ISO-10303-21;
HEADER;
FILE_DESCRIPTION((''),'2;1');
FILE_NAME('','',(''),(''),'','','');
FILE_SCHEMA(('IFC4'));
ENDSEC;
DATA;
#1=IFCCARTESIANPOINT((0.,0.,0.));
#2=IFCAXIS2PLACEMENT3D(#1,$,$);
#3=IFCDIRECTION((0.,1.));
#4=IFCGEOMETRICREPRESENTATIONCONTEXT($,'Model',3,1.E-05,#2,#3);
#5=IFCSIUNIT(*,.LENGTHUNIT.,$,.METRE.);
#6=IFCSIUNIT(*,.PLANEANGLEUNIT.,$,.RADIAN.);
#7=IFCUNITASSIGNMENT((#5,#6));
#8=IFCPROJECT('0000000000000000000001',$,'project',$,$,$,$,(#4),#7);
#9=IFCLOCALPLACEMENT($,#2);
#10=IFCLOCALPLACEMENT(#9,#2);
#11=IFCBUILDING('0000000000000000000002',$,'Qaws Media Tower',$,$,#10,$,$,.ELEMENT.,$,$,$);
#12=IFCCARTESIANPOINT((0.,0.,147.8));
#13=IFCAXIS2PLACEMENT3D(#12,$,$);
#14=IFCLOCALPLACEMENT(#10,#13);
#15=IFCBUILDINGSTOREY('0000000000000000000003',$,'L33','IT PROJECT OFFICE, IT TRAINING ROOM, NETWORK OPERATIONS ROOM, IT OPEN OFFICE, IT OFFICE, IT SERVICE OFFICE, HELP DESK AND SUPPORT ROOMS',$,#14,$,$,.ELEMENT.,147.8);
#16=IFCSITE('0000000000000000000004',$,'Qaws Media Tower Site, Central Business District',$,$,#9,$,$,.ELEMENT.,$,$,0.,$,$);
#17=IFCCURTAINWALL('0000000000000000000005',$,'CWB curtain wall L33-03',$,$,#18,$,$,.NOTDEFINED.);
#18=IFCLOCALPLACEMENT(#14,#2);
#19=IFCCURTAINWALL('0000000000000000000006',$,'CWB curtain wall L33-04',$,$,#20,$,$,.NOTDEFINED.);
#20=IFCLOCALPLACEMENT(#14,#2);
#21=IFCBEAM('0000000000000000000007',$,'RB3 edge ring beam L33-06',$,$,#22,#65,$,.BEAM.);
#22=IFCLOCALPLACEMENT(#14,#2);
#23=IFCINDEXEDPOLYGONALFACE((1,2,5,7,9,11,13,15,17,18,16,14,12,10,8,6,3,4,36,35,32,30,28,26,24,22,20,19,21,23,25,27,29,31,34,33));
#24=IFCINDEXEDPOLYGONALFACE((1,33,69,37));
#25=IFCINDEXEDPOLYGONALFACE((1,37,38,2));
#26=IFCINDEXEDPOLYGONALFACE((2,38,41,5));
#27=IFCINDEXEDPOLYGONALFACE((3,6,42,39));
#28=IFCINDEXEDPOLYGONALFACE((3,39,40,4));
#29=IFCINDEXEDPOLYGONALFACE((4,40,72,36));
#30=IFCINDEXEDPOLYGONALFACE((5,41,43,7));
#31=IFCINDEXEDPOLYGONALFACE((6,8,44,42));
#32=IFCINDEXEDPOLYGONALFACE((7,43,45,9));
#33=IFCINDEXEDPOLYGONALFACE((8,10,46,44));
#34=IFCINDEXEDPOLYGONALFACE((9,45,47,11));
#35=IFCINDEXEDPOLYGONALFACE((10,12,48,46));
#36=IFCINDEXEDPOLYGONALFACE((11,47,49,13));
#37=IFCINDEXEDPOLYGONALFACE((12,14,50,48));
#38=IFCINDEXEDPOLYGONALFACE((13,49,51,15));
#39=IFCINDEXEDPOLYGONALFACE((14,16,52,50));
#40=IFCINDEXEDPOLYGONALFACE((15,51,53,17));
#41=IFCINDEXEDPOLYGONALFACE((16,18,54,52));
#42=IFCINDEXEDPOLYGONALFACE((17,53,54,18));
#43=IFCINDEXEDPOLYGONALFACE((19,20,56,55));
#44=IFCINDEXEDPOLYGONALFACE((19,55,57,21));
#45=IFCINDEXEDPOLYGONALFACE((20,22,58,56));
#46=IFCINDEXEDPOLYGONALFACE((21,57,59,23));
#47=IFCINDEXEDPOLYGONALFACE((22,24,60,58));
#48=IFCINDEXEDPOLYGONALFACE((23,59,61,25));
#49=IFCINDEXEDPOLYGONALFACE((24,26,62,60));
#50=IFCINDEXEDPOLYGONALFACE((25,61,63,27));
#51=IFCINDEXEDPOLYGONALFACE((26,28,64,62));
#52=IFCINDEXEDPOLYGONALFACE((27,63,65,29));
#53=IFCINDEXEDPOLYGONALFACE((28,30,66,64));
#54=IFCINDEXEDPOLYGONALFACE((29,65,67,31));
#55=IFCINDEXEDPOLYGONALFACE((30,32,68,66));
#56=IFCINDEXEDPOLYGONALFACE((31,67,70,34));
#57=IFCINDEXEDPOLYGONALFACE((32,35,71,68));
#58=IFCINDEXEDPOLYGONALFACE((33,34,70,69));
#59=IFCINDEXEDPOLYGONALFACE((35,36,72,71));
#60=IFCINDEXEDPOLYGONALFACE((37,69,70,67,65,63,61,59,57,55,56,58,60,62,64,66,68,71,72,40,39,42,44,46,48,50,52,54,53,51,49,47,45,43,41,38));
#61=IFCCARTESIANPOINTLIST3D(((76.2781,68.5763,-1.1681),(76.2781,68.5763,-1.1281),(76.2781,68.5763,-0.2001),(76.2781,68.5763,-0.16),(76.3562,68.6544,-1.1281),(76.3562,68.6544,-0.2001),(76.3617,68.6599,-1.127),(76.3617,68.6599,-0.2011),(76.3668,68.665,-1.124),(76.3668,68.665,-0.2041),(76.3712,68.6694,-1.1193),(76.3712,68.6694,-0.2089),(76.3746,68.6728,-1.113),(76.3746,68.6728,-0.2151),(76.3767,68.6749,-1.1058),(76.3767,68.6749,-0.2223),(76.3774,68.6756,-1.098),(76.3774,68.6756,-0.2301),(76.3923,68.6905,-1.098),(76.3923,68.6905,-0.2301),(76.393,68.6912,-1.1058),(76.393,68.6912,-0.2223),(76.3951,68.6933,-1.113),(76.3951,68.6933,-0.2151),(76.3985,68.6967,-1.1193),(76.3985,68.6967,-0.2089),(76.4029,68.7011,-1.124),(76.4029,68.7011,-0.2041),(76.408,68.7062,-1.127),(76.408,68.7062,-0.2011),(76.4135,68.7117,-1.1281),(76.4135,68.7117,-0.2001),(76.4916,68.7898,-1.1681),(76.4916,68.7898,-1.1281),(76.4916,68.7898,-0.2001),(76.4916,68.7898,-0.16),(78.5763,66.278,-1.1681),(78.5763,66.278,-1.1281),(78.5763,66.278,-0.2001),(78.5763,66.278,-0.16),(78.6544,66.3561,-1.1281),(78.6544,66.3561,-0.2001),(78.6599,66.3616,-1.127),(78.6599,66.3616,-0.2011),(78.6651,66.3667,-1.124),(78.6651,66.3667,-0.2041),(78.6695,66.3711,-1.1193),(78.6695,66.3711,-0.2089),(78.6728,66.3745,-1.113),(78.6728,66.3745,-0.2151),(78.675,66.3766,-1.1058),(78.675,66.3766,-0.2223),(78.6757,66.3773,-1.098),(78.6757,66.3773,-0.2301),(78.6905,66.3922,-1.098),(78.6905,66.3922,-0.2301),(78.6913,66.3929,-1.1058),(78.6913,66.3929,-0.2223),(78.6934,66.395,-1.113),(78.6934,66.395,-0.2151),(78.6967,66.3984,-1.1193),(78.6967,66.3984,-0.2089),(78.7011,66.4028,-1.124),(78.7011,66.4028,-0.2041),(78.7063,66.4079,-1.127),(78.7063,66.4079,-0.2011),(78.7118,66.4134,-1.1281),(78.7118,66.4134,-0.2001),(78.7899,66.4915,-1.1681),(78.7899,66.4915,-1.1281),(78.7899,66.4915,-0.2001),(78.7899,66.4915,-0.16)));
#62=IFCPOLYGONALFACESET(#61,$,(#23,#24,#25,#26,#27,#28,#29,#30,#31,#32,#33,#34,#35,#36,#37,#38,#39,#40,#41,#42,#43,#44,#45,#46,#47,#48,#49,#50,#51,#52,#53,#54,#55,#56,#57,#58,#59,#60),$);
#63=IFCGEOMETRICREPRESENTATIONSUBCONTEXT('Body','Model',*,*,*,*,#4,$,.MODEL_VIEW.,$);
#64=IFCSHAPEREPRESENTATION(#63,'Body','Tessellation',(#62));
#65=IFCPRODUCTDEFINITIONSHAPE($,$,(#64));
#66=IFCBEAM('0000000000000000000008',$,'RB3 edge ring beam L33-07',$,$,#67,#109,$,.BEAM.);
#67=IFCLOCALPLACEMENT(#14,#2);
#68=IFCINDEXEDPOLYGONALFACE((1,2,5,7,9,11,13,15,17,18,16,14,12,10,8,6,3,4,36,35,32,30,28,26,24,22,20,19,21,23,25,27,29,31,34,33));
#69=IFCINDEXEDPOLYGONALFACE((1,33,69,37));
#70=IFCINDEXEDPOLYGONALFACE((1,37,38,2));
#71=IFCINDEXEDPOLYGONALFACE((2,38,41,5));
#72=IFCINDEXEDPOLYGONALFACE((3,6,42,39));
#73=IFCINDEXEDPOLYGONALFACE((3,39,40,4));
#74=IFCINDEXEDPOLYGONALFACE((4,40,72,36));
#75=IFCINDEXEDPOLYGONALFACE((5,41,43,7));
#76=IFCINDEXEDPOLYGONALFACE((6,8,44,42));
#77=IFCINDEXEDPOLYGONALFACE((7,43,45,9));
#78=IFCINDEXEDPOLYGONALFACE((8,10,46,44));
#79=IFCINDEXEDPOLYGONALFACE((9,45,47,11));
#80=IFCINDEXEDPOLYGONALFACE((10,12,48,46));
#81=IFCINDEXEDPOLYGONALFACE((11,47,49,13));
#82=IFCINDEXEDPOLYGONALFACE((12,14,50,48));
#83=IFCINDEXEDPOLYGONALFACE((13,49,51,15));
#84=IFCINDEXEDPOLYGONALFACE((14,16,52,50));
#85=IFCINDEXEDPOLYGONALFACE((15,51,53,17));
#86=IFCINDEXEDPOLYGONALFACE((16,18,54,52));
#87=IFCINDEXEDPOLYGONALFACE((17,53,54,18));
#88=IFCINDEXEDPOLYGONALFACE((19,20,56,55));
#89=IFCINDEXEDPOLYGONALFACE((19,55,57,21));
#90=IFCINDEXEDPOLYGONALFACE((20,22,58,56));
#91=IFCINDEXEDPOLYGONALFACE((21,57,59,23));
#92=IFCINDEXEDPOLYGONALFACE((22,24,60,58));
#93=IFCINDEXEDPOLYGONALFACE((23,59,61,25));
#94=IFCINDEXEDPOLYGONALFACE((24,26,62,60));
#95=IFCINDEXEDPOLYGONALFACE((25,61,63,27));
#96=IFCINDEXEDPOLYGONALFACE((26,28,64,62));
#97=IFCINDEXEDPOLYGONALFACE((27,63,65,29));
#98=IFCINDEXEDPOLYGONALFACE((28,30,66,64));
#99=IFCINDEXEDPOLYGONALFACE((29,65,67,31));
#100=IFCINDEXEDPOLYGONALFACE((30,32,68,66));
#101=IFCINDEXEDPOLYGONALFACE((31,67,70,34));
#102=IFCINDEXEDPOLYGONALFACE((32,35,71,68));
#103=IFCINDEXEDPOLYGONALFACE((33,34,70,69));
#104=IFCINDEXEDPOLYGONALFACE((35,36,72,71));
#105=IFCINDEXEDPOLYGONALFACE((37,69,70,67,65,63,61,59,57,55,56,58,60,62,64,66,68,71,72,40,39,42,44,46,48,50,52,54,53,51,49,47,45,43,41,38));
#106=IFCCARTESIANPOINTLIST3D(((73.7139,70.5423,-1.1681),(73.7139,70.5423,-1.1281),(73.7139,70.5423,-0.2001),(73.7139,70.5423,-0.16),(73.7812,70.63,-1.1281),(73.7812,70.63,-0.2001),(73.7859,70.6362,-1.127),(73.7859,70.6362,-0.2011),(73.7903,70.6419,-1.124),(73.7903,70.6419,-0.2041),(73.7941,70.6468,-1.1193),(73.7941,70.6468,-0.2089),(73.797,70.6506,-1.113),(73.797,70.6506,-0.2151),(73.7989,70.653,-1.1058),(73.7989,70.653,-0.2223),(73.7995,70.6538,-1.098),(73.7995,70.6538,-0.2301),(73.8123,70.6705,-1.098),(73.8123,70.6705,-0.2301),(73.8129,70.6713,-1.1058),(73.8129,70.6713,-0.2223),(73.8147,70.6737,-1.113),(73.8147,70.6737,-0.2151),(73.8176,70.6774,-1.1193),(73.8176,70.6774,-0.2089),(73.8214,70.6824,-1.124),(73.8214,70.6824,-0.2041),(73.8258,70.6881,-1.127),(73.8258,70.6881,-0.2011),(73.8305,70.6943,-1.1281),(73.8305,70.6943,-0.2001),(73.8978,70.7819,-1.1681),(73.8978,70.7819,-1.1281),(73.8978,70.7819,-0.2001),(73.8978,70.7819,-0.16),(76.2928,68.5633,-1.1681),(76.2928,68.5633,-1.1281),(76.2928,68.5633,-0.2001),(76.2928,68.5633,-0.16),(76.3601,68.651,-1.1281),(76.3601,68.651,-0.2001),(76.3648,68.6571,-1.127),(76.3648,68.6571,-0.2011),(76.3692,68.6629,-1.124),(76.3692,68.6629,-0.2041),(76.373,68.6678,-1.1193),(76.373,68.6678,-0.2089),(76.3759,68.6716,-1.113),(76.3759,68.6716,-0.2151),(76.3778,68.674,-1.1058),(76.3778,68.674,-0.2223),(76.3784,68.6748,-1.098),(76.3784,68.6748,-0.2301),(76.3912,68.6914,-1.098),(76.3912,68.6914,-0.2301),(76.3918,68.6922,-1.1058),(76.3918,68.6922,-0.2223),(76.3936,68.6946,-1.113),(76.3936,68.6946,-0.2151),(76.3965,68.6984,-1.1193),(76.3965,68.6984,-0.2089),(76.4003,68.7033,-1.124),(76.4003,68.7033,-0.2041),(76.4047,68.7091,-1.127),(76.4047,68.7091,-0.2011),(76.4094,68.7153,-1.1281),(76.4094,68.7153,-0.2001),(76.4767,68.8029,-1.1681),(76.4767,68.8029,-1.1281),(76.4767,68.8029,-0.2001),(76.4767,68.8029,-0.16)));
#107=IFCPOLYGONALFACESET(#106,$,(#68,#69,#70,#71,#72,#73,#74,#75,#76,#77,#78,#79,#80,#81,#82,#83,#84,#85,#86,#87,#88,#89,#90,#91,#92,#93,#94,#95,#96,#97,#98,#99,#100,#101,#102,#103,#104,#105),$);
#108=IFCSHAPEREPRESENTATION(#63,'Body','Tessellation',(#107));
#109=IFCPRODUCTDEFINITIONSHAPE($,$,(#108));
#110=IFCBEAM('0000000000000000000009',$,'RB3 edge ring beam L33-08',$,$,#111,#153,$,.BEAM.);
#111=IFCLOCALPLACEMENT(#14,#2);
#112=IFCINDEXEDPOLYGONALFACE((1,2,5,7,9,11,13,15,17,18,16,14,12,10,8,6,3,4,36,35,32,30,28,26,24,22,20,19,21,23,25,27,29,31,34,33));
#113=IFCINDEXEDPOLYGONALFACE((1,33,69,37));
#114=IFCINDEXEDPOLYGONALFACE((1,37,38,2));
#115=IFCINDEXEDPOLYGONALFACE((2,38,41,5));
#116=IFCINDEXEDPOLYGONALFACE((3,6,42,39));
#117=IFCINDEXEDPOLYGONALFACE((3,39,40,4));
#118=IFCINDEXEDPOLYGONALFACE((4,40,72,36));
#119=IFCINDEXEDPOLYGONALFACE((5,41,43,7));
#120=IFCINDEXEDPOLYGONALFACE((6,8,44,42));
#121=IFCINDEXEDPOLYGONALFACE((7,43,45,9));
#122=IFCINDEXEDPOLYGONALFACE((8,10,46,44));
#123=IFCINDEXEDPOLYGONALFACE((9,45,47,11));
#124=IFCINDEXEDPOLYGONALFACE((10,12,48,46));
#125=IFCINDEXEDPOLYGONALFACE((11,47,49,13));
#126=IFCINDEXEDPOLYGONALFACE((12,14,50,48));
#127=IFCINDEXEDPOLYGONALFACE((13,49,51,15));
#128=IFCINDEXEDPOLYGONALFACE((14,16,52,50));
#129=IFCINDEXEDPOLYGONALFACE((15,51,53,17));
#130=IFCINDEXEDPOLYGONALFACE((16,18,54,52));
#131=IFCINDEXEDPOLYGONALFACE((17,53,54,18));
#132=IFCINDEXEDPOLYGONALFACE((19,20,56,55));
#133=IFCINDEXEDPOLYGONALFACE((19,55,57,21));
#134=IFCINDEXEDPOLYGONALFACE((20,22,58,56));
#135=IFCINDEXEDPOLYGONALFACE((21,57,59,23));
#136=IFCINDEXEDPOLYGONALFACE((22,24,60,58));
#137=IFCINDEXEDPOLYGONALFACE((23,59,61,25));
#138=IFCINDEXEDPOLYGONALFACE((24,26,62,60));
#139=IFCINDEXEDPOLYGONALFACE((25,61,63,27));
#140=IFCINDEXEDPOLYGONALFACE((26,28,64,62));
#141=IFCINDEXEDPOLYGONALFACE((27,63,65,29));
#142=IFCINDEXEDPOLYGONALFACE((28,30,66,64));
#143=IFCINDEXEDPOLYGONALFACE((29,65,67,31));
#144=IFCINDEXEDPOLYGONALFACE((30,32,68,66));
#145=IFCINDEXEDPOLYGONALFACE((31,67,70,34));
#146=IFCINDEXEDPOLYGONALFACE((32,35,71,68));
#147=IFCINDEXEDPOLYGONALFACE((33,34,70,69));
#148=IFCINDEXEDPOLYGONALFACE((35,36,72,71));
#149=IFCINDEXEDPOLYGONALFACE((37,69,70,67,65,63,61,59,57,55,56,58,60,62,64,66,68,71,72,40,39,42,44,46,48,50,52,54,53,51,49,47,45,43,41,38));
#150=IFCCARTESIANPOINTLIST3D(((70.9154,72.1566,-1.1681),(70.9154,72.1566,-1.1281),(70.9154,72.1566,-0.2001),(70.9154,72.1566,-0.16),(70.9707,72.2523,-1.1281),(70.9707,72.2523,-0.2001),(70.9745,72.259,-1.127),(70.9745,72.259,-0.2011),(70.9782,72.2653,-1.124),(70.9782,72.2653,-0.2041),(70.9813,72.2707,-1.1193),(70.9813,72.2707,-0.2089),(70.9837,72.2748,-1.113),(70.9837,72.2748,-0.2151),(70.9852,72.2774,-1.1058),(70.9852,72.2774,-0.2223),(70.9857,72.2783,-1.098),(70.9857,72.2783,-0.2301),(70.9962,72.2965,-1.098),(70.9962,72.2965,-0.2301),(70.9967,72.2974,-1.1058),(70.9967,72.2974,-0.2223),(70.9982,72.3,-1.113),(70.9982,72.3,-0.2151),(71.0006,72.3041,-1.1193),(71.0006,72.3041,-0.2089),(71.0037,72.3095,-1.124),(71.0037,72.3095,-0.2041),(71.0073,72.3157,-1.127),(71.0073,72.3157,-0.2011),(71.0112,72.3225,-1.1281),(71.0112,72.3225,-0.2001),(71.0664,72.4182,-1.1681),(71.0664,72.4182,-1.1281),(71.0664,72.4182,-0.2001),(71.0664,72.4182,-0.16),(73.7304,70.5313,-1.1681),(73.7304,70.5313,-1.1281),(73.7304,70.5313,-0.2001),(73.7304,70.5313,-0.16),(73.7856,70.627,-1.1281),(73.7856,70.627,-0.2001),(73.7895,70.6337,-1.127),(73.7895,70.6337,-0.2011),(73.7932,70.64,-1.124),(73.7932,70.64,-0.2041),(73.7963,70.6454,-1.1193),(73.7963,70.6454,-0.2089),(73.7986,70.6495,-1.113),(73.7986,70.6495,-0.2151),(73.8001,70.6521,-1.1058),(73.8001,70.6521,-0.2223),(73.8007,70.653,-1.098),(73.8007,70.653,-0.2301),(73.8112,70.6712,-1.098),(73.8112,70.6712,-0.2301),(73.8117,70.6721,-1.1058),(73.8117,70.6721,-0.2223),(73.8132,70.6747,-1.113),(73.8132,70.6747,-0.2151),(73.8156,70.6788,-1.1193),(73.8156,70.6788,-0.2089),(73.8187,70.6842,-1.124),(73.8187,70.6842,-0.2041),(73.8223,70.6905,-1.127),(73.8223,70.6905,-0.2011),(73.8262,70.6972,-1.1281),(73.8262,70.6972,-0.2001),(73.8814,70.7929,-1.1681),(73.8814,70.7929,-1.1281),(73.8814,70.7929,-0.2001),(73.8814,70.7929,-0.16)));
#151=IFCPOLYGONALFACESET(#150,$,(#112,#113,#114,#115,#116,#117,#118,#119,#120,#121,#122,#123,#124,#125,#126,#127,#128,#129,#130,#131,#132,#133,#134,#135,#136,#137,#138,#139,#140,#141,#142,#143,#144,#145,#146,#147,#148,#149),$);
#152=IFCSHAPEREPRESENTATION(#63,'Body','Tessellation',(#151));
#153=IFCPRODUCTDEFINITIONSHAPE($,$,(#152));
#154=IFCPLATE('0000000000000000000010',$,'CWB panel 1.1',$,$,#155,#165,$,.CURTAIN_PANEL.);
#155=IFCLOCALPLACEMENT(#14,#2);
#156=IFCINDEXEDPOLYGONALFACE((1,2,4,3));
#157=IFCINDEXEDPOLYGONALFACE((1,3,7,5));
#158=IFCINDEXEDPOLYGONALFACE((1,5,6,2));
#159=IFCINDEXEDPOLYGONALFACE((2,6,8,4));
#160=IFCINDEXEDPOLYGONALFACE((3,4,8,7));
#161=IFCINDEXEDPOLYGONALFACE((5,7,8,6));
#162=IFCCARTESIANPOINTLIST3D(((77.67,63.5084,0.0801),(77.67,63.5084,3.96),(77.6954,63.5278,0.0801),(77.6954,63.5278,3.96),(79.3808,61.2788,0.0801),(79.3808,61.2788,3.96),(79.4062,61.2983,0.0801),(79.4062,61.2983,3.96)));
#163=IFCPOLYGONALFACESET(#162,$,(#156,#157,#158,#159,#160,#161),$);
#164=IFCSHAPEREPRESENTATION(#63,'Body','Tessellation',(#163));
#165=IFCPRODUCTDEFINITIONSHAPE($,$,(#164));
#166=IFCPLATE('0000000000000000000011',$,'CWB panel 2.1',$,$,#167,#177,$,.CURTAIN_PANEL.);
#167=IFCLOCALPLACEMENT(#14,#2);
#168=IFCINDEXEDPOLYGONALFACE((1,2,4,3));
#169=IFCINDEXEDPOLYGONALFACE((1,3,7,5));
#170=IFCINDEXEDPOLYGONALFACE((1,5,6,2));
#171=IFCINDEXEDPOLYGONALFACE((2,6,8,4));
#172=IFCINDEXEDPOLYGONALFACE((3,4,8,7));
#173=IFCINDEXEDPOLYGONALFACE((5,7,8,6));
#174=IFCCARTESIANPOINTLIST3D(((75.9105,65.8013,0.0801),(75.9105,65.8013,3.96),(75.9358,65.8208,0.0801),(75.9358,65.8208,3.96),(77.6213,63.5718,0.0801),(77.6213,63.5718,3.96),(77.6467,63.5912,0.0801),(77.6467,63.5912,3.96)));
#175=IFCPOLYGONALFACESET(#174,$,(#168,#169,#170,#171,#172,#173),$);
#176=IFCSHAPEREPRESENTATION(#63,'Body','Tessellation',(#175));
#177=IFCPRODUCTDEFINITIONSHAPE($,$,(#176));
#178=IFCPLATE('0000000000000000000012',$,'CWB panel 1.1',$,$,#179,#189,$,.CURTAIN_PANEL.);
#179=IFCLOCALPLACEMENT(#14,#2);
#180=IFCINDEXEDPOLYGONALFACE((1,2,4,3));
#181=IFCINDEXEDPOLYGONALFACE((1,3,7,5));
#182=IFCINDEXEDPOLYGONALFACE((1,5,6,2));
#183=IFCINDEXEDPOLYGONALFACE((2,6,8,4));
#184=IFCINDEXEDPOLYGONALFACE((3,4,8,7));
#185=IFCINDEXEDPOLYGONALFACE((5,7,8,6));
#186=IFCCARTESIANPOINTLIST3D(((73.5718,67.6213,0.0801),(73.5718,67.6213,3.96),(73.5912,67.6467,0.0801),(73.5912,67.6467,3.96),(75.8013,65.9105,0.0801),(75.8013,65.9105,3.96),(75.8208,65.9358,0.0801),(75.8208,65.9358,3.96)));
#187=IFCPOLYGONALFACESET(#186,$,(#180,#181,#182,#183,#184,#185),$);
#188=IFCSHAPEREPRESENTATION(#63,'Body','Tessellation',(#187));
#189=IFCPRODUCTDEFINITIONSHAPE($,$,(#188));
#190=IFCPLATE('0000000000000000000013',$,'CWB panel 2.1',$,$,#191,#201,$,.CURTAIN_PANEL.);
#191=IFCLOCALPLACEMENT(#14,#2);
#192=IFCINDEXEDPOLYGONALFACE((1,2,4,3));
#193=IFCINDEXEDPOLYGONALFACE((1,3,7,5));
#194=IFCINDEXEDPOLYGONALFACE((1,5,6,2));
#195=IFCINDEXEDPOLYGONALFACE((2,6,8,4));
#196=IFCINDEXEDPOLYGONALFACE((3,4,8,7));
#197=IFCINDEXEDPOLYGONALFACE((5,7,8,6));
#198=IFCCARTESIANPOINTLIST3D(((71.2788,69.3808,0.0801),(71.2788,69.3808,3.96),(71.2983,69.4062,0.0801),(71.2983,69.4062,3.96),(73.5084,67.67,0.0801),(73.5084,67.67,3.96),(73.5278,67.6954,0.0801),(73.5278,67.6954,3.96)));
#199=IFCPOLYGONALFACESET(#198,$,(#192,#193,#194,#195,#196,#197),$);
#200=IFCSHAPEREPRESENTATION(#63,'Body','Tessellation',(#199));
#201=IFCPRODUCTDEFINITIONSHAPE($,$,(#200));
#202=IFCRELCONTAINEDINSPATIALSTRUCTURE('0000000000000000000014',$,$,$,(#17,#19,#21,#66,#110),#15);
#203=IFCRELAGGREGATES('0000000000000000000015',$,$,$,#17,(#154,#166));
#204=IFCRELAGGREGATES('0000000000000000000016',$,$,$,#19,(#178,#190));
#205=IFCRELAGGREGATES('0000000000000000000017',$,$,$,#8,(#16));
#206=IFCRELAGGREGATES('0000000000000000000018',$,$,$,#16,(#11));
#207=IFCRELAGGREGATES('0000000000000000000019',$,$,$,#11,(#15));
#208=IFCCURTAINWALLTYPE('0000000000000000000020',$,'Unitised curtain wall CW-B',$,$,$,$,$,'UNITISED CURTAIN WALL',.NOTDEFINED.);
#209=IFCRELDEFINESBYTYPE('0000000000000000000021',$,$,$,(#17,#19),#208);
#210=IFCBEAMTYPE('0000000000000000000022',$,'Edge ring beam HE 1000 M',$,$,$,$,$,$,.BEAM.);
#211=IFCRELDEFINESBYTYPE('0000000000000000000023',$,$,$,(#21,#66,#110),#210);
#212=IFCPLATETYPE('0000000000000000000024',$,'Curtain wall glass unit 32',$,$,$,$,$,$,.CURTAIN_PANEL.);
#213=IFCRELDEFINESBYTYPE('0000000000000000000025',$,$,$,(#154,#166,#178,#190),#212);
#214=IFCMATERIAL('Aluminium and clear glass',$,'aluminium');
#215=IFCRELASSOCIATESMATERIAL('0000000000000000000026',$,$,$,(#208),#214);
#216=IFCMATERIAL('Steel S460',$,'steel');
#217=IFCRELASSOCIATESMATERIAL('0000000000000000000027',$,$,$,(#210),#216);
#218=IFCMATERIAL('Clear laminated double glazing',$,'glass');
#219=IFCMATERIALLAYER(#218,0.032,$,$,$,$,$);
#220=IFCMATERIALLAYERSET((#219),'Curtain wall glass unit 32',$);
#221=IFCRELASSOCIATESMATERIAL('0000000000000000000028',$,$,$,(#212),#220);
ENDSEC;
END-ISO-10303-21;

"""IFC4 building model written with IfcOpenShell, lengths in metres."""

from ifc_helpers import new_model, si_unit, direction, frame, origin, origin_2d, place, context, subcontext, project, spatial, rectangle, i_section, extrude, material, layer, layer_set, material_profile, profile_set, type_object, element, aggregate, save


model = new_model("IFC4")

# Units and contexts
model_context = context("Model", 3, precision=1e-05, world=origin(), true_north=direction((0.0, 1.0)))
body_context = subcontext(model_context, "Body", "Model", "MODEL_VIEW")
ifc_project = project(units=[si_unit("LENGTHUNIT", "METRE"), si_unit("PLANEANGLEUNIT", "RADIAN")], contexts=[model_context])

# Site, building, storey
site_placement = place(None, origin())
site = spatial("IfcSite", under=ifc_project, at=site_placement, Name="Qaws Media Tower Site, Central Business District", CompositionType="ELEMENT", RefElevation=0.0)
building_placement = place(site_placement, origin())
building = spatial("IfcBuilding", under=site, at=building_placement, Name="Qaws Media Tower", CompositionType="ELEMENT")
storey_placement = place(building_placement, frame((0.0, 0.0, 147.8)))
storey = spatial("IfcBuildingStorey", under=building, at=storey_placement, Name="L33", Description="IT PROJECT OFFICE, IT TRAINING ROOM, NETWORK OPERATIONS ROOM, IT OPEN OFFICE, IT OFFICE, IT SERVICE OFFICE, HELP DESK AND SUPPORT ROOMS", CompositionType="ELEMENT", Elevation=147.8)

# Shared definitions
ifc_material_1 = material(Name="Aluminium and clear glass", Category="aluminium")
curtain_wall_type = type_object("IfcCurtainWallType", Name="Unitised curtain wall CW-B", ElementType="UNITISED CURTAIN WALL", PredefinedType="NOTDEFINED", material=ifc_material_1)

# Curtain walls
curtain_wall_1_placement = place(storey_placement, origin())
curtain_wall_1 = element("IfcCurtainWall", 1, at=curtain_wall_1_placement, inside=storey, type_object=curtain_wall_type, Name="CWB curtain wall L33-03", PredefinedType="NOTDEFINED")
curtain_wall_2_placement = place(storey_placement, origin())
curtain_wall_2 = element("IfcCurtainWall", 2, at=curtain_wall_2_placement, inside=storey, type_object=curtain_wall_type, Name="CWB curtain wall L33-04", PredefinedType="NOTDEFINED")

# Beams
ifc_material_2 = material(Name="Steel S460", Category="steel")
ifc_material_profile_1 = material_profile(ifc_material_2, i_section(OverallWidth=0.302, OverallDepth=1.0081, WebThickness=0.021, FlangeThickness=0.04, FilletRadius=0.03, at=origin_2d()), Name="HE 1000 M")
ifc_profile_set_1 = profile_set([ifc_material_profile_1], Name="Steel S460")
beam_type = type_object("IfcBeamType", Name="Edge ring beam HE 1000 M", PredefinedType="BEAM", material=ifc_profile_set_1)
beam_1_placement = place(storey_placement, frame((78.6831, 66.3848, -0.6641), z_axis=(-0.707107, 0.707107, 0.0), x_axis=(-0.707107, -0.707107, 0.0)))
element("IfcBeam", 3, at=beam_1_placement, inside=storey, type_object=beam_type, Name="RB3 edge ring beam L33-06", PredefinedType="BEAM", context=body_context, shape_type="SweptSolid", body=[
    extrude(i_section(OverallWidth=0.302, OverallDepth=1.0081, WebThickness=0.021, FlangeThickness=0.04, FilletRadius=0.03, at=origin_2d()), origin(), (0.0, 0.0, 1.0), 3.2502),
])
beam_2_placement = place(storey_placement, frame((76.3848, 68.6831, -0.6641), z_axis=(-0.793327, 0.608796, 0.0), x_axis=(-0.608796, -0.793327, 0.0)))
element("IfcBeam", 4, at=beam_2_placement, inside=storey, type_object=beam_type, Name="RB3 edge ring beam L33-07", PredefinedType="BEAM", context=body_context, shape_type="SweptSolid", body=[
    extrude(i_section(OverallWidth=0.302, OverallDepth=1.0081, WebThickness=0.021, FlangeThickness=0.04, FilletRadius=0.03, at=origin_2d()), origin(), (0.0, 0.0, 1.0), 3.2507),
])
beam_3_placement = place(storey_placement, frame((73.8059, 70.6621, -0.6641), z_axis=(-0.86602, 0.500009, 0.0), x_axis=(-0.500009, -0.86602, 0.0)))
element("IfcBeam", 5, at=beam_3_placement, inside=storey, type_object=beam_type, Name="RB3 edge ring beam L33-08", PredefinedType="BEAM", context=body_context, shape_type="SweptSolid", body=[
    extrude(i_section(OverallWidth=0.302, OverallDepth=1.0081, WebThickness=0.021, FlangeThickness=0.04, FilletRadius=0.03, at=origin_2d()), origin(), (0.0, 0.0, 1.0), 3.2505),
])

# Plates
ifc_material_3 = material(Name="Clear laminated double glazing", Category="glass")
ifc_layer_1 = layer(ifc_material_3, 0.032)
ifc_layer_set_1 = layer_set([ifc_layer_1], Name="Curtain wall glass unit 32")
plate_type_1 = type_object("IfcPlateType", Name="Curtain wall glass unit 32", PredefinedType="CURTAIN_PANEL", material=ifc_layer_set_1)
plate_1_placement = place(storey_placement, frame((78.5381, 62.4033, 0.0801), z_axis=(0.0, 0.0, 1.0), x_axis=(-0.608761, 0.793353, 0.0)))
plate_1 = element("IfcPlate", 6, at=plate_1_placement, type_object=plate_type_1, Name="CWB panel 1.1", PredefinedType="CURTAIN_PANEL", context=body_context, shape_type="SweptSolid", body=[
    extrude(rectangle(XDim=2.8103, YDim=0.032, at=origin_2d()), origin(), (0.0, 0.0, 1.0), 3.8799),
])
plate_2_placement = place(storey_placement, frame((76.7786, 64.6963, 0.0801), z_axis=(0.0, 0.0, 1.0), x_axis=(-0.608761, 0.793353, 0.0)))
plate_2 = element("IfcPlate", 7, at=plate_2_placement, type_object=plate_type_1, Name="CWB panel 2.1", PredefinedType="CURTAIN_PANEL", context=body_context, shape_type="SweptSolid", body=[
    extrude(rectangle(XDim=2.8103, YDim=0.032, at=origin_2d()), origin(), (0.0, 0.0, 1.0), 3.8799),
])
aggregate(curtain_wall_1, [plate_1, plate_2])
plate_3_placement = place(storey_placement, frame((74.6963, 66.7786, 0.0801), z_axis=(0.0, 0.0, 1.0), x_axis=(-0.793353, 0.608761, 0.0)))
plate_3 = element("IfcPlate", 8, at=plate_3_placement, type_object=plate_type_1, Name="CWB panel 1.1", PredefinedType="CURTAIN_PANEL", context=body_context, shape_type="SweptSolid", body=[
    extrude(rectangle(XDim=2.8103, YDim=0.032, at=origin_2d()), origin(), (0.0, 0.0, 1.0), 3.8799),
])
plate_4_placement = place(storey_placement, frame((72.4033, 68.5381, 0.0801), z_axis=(0.0, 0.0, 1.0), x_axis=(-0.793353, 0.608761, 0.0)))
plate_4 = element("IfcPlate", 9, at=plate_4_placement, type_object=plate_type_1, Name="CWB panel 2.1", PredefinedType="CURTAIN_PANEL", context=body_context, shape_type="SweptSolid", body=[
    extrude(rectangle(XDim=2.8103, YDim=0.032, at=origin_2d()), origin(), (0.0, 0.0, 1.0), 3.8799),
])
aggregate(curtain_wall_2, [plate_3, plate_4])

save(model, "model.ifc")
